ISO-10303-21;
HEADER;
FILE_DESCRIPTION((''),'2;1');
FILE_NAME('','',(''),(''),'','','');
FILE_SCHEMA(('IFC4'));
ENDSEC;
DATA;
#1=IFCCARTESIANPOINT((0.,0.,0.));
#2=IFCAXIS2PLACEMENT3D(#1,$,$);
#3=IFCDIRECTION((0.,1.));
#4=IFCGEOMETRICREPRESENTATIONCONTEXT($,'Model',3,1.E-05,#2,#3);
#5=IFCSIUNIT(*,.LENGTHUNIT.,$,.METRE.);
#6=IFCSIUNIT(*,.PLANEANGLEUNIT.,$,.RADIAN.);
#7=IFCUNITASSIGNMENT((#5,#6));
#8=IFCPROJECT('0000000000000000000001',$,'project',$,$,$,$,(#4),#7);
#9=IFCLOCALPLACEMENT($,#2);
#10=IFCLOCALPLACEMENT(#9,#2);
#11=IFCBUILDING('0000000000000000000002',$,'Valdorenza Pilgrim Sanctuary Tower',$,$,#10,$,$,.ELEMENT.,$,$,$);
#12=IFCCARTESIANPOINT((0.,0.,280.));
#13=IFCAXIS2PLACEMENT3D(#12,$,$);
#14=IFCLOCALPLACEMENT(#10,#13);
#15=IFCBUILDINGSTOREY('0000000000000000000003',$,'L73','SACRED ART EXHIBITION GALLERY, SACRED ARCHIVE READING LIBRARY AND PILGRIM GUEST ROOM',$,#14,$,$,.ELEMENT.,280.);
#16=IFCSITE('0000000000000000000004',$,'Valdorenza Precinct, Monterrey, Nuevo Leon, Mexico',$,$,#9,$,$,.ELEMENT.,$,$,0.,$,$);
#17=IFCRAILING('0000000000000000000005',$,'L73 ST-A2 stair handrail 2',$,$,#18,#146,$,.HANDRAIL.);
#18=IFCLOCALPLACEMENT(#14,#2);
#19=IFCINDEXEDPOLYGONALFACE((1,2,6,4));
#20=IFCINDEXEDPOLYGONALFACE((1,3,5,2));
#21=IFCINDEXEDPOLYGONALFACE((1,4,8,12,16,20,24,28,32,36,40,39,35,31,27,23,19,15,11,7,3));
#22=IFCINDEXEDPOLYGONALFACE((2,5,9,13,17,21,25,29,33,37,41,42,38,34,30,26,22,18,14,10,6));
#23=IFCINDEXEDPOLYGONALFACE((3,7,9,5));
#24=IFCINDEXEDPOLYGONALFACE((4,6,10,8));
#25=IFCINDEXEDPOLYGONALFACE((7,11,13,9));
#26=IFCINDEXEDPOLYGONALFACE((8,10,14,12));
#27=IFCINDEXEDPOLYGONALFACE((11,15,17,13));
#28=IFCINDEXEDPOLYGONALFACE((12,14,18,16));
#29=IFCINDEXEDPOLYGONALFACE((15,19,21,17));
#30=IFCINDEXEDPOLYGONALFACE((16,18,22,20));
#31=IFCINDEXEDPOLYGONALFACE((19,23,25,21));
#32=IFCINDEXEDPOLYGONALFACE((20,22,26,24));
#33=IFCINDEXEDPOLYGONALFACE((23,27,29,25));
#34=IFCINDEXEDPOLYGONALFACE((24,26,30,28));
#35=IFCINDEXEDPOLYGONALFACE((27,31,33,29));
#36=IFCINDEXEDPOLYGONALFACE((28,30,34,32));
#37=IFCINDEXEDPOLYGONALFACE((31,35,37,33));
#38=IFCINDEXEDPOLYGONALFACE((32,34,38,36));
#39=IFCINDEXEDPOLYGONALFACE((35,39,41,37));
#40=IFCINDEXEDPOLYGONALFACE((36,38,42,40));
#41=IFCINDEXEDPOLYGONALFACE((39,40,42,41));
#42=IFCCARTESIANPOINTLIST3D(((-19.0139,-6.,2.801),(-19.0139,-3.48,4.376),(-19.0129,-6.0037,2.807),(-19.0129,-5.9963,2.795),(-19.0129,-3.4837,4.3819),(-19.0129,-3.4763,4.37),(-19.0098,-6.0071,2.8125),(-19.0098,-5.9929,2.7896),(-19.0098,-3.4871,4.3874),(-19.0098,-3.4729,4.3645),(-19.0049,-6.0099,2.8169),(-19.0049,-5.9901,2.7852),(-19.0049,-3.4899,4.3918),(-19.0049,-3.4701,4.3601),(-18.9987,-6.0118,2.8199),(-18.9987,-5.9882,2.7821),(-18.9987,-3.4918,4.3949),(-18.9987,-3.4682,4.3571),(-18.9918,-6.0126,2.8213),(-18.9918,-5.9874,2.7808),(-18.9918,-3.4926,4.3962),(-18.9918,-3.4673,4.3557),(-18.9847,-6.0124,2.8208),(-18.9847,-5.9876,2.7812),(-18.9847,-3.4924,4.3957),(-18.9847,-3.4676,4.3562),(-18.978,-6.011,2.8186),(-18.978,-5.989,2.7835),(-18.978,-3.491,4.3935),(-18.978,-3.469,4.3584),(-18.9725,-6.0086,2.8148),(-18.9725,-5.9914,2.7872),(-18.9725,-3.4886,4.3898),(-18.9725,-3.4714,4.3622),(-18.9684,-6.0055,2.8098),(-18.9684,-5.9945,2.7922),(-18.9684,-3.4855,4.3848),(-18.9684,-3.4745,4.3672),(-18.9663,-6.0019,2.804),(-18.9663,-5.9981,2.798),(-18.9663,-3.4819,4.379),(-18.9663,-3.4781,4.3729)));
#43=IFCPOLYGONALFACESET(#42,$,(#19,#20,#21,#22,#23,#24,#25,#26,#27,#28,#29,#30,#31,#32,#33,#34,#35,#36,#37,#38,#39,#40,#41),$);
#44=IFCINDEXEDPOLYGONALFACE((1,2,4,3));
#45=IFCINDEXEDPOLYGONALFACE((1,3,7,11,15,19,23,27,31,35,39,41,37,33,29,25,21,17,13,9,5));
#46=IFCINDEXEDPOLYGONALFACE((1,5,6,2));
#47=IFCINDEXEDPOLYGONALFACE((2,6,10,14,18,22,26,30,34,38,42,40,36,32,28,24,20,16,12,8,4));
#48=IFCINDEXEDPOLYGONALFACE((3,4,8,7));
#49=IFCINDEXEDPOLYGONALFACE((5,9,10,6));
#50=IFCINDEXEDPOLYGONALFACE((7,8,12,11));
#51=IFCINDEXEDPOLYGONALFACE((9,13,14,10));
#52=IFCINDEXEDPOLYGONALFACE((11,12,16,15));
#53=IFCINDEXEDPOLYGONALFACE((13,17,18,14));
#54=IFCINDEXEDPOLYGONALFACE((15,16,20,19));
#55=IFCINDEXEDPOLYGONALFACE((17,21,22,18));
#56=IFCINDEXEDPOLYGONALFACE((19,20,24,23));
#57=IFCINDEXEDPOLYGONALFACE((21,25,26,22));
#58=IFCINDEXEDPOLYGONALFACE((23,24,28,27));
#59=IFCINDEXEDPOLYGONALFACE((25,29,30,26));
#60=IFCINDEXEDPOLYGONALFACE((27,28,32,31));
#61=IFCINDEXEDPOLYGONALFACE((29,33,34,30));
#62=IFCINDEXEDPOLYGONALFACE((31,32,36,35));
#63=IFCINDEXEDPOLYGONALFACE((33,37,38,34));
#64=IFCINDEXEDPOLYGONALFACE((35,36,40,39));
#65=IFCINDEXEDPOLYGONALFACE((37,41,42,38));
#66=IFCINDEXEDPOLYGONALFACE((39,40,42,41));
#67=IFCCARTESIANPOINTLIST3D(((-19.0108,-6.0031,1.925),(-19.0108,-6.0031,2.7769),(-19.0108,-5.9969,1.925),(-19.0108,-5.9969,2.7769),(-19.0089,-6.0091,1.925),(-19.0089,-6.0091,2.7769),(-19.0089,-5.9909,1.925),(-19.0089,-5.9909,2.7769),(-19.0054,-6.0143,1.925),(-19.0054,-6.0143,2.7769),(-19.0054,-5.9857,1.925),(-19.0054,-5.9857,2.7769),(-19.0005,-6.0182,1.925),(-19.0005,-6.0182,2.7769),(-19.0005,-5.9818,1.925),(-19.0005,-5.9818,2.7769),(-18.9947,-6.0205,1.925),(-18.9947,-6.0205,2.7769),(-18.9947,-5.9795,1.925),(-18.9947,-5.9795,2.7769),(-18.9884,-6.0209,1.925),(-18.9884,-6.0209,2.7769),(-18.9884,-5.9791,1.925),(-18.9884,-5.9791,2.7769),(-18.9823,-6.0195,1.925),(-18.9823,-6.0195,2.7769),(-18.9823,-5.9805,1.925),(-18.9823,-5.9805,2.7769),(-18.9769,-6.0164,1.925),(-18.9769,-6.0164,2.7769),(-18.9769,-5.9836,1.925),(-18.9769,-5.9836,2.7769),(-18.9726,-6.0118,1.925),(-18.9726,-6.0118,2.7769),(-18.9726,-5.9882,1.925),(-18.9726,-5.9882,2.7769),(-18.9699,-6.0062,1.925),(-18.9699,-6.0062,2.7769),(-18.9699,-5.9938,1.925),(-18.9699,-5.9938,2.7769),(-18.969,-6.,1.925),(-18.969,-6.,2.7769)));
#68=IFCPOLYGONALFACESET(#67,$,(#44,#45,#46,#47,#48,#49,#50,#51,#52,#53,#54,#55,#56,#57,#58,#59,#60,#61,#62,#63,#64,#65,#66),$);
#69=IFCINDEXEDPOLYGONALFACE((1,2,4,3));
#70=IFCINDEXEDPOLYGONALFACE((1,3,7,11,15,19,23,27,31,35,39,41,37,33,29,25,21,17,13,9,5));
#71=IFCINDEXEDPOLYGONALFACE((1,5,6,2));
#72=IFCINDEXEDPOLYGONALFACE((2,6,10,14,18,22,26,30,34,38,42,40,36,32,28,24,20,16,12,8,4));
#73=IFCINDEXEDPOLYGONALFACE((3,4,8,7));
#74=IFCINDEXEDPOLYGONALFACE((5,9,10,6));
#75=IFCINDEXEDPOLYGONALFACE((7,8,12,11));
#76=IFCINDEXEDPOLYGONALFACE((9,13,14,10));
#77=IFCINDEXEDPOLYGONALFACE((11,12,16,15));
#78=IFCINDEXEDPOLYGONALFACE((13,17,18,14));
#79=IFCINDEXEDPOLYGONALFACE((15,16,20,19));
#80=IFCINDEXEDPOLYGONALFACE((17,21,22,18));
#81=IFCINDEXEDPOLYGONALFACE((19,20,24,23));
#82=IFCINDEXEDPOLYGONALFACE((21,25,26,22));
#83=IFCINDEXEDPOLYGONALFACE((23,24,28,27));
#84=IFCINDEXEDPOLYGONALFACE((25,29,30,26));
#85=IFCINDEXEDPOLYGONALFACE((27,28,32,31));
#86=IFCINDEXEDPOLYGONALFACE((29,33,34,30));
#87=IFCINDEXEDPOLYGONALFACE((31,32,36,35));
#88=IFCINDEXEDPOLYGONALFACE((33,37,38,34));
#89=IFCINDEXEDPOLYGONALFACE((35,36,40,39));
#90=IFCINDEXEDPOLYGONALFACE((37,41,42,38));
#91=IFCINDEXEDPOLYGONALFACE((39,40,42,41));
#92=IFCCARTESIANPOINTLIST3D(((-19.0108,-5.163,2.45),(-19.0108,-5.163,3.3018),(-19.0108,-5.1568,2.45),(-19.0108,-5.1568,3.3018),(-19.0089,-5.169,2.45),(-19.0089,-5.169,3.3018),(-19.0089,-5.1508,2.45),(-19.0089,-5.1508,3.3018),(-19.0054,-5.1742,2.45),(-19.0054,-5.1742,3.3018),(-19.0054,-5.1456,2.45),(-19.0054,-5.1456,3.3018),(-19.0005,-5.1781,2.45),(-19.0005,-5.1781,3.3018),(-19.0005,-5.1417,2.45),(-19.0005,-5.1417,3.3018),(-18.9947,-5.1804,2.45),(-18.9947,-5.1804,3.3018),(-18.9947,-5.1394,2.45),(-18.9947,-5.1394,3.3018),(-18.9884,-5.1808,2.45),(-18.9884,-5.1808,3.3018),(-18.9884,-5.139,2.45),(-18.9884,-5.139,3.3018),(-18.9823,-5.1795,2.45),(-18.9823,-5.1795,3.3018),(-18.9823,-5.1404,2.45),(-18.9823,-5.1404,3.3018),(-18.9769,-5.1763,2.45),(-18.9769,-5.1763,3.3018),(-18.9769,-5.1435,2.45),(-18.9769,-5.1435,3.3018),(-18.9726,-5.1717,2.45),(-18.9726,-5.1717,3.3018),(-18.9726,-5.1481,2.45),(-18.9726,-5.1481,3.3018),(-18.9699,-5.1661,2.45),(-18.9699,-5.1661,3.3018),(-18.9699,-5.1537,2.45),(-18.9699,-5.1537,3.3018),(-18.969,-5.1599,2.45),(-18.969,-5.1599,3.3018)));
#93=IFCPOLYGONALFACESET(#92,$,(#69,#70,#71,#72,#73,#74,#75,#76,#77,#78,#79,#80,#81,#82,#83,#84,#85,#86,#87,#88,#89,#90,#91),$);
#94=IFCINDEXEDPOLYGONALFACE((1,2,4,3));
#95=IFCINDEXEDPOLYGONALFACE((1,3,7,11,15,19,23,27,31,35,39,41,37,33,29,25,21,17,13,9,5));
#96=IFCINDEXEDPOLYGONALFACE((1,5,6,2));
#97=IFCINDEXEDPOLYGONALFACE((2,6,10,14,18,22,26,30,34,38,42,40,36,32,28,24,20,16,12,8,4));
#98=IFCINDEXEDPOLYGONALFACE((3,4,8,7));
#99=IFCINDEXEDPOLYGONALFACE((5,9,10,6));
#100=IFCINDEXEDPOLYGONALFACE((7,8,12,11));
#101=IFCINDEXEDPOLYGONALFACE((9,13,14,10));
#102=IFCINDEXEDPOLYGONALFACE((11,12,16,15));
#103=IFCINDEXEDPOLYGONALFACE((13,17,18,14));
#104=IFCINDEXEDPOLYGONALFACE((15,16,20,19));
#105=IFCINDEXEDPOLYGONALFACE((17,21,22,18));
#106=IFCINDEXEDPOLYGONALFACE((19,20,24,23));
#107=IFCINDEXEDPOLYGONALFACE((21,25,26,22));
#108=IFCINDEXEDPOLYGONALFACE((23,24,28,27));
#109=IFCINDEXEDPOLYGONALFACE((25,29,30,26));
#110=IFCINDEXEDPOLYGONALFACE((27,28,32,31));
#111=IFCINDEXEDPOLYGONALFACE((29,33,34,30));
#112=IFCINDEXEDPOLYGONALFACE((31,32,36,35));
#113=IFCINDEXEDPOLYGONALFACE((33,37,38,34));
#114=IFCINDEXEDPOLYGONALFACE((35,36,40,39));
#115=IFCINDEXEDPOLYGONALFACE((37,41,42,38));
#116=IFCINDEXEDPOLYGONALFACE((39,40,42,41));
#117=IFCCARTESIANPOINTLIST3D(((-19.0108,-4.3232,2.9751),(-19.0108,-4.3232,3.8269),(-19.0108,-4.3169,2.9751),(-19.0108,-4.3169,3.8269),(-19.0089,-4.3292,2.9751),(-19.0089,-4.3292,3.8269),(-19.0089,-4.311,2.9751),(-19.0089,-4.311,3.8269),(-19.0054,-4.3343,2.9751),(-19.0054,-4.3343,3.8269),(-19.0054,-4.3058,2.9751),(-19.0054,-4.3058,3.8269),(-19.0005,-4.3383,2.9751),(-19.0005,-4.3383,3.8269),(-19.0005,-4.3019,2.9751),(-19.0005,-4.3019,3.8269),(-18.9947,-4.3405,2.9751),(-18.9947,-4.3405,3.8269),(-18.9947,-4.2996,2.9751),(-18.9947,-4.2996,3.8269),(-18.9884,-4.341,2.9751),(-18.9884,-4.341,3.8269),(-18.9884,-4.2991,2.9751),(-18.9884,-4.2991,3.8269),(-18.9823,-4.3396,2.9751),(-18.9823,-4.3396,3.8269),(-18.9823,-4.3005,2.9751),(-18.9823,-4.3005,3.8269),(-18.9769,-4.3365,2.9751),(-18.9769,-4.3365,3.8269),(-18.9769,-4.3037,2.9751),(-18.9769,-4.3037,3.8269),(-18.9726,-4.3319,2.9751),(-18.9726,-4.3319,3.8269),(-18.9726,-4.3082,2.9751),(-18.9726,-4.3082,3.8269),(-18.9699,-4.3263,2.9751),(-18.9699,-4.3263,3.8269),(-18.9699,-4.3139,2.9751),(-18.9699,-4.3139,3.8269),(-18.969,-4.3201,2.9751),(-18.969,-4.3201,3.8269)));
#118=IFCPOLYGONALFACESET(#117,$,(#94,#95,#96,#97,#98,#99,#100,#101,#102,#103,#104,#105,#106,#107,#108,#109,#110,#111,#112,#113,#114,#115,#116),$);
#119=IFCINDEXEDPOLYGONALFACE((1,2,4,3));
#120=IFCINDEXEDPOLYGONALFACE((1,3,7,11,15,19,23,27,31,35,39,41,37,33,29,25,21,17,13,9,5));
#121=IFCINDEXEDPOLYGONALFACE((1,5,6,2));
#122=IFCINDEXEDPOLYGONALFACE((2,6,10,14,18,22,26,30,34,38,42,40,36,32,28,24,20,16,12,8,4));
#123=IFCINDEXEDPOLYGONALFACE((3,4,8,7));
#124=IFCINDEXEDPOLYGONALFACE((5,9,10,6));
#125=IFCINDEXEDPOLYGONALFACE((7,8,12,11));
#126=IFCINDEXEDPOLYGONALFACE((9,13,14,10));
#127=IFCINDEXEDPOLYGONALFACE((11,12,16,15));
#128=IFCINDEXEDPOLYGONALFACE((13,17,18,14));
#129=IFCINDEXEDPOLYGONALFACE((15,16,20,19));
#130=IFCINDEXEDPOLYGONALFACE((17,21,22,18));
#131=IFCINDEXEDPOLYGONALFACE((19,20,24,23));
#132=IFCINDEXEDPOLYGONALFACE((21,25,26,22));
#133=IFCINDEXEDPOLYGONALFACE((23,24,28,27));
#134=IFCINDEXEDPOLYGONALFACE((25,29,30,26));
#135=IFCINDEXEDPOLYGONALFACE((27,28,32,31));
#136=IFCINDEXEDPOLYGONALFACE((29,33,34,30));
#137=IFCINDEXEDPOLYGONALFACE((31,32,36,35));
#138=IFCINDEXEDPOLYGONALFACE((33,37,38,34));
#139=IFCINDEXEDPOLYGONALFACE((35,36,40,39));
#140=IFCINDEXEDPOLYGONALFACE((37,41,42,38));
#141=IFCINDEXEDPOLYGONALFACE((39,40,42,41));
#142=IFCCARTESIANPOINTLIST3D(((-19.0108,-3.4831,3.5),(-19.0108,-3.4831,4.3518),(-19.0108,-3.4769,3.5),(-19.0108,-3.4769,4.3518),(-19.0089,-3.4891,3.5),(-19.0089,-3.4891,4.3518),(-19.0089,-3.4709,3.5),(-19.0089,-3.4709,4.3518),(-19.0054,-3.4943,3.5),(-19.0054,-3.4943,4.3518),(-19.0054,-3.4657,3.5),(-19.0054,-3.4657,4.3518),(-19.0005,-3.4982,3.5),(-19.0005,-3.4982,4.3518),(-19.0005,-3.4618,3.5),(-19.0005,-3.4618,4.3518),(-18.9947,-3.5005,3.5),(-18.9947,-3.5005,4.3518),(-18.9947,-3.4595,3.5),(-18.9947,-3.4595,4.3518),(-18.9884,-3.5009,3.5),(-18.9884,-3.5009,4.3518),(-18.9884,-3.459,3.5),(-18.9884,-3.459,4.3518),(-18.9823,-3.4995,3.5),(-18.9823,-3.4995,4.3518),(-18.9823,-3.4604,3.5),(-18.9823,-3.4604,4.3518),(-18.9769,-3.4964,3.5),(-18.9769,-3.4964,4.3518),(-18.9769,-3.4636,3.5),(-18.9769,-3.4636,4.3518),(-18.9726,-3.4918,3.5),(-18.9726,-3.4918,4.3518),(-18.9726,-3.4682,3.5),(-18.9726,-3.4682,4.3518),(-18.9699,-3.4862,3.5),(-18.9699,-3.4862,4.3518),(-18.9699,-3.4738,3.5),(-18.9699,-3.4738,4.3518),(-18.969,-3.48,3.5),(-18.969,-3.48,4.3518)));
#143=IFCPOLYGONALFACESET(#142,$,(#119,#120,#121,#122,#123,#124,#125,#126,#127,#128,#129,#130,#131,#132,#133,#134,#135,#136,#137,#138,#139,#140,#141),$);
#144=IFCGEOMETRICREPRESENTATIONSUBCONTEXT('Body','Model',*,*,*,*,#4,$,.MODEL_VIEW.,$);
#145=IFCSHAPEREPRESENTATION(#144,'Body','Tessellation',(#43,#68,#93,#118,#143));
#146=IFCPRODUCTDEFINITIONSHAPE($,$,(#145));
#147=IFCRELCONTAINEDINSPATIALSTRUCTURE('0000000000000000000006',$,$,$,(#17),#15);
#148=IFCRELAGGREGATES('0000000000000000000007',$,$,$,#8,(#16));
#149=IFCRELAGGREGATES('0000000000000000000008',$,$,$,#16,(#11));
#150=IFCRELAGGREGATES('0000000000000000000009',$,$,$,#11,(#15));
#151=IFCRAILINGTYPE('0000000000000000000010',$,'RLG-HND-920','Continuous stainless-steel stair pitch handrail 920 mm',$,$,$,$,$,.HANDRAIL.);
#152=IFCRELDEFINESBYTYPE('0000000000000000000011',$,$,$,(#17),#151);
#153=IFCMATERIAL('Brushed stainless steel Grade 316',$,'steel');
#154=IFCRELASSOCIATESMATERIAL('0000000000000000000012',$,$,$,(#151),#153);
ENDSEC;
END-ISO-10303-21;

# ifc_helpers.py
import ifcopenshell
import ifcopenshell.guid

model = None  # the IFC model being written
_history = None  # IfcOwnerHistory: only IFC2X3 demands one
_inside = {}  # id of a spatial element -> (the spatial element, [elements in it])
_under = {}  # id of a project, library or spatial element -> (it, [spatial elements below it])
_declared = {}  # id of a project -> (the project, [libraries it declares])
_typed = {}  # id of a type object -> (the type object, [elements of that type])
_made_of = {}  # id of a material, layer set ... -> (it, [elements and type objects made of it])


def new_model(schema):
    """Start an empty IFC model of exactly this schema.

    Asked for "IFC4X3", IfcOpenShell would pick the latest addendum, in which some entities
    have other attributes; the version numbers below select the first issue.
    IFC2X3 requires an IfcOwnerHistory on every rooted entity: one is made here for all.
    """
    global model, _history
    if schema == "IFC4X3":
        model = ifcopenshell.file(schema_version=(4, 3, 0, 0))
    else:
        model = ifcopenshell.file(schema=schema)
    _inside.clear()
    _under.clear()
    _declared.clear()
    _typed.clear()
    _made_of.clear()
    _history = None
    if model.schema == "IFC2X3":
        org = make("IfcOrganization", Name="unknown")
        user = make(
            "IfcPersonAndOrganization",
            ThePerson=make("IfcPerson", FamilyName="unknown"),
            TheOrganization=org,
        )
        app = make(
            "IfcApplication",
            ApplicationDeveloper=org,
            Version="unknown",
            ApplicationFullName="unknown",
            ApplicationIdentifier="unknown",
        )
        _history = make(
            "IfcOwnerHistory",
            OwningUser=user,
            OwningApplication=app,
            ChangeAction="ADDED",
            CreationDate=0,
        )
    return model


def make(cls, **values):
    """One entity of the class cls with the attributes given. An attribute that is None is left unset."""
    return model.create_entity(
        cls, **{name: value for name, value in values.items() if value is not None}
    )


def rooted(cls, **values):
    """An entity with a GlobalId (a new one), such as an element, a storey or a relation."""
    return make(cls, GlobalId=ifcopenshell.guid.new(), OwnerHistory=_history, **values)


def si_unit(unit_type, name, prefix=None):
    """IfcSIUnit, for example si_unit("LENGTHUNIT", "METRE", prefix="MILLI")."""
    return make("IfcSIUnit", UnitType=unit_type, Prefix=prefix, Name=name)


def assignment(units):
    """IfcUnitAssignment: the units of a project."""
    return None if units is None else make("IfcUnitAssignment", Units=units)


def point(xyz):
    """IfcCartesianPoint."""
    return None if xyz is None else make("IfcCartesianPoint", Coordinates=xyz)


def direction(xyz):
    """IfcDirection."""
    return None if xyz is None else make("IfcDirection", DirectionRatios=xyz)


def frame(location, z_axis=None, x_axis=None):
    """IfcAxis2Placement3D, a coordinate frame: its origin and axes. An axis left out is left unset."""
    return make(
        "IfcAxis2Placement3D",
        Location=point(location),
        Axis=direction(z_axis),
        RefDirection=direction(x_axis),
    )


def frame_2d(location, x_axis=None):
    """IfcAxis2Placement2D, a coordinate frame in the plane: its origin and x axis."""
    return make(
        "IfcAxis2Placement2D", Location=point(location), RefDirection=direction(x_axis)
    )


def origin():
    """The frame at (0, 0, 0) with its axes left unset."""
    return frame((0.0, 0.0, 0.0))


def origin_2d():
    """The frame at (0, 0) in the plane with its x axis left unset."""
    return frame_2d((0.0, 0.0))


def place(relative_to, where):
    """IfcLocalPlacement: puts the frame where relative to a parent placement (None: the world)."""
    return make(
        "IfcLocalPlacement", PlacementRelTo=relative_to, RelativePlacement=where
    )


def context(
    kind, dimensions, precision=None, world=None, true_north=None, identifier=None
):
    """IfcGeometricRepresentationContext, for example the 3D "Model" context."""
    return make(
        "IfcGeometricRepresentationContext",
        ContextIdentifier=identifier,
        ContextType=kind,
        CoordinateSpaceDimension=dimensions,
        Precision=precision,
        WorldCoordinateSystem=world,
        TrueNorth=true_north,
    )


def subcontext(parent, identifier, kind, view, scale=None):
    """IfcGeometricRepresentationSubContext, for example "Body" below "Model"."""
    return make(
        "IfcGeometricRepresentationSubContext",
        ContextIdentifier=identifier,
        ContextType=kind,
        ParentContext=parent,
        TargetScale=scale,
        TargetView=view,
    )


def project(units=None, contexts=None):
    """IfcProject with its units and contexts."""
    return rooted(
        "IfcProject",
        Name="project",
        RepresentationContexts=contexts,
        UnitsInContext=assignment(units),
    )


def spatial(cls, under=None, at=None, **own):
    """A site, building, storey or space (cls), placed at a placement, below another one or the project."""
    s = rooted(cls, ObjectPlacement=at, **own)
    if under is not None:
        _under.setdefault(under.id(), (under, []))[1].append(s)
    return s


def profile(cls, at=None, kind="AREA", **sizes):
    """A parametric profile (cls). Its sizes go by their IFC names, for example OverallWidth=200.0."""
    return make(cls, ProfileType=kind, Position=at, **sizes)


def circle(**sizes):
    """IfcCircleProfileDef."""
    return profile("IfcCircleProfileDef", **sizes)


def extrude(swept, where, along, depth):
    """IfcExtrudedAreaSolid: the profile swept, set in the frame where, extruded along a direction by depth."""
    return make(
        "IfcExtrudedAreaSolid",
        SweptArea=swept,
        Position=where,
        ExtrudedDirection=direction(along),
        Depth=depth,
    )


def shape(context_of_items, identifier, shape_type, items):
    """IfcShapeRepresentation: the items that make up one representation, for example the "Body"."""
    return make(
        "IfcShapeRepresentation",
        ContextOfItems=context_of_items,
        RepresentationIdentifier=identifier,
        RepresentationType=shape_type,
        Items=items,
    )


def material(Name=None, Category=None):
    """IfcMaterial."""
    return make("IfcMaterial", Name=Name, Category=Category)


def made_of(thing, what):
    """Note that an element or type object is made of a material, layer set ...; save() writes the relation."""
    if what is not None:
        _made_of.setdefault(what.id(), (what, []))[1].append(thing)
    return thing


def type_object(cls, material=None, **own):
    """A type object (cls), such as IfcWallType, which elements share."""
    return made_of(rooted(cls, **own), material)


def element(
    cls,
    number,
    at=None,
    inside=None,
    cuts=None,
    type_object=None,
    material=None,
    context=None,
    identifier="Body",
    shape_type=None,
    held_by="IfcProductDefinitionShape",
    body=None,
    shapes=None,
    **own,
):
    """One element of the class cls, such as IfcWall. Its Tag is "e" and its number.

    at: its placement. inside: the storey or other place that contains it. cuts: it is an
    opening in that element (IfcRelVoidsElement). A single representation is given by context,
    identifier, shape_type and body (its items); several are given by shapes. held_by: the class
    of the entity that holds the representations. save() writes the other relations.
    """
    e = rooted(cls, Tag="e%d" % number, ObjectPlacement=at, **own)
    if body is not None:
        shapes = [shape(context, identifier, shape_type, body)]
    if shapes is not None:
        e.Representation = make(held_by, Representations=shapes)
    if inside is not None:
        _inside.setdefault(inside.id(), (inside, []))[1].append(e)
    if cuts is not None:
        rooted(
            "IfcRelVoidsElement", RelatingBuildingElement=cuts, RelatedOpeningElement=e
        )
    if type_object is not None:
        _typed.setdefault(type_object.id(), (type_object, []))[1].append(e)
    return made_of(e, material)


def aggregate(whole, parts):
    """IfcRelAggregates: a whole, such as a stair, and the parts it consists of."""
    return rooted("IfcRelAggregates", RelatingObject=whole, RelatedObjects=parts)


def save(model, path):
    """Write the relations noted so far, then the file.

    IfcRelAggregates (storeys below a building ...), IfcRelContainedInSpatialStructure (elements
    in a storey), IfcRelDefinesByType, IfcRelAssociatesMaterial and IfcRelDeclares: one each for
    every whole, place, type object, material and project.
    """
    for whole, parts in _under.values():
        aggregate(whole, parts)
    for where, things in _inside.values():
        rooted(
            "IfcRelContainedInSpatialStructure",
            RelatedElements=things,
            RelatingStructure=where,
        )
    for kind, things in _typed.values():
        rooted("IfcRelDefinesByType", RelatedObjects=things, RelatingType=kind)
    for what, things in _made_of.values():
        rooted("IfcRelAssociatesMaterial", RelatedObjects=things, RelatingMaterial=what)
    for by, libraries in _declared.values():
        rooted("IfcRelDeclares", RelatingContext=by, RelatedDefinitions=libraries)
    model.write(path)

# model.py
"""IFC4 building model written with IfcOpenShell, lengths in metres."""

from ifc_helpers import new_model, si_unit, direction, frame, origin, origin_2d, place, context, subcontext, project, spatial, circle, extrude, material, type_object, element, save


model = new_model("IFC4")

# Units and contexts
model_context = context("Model", 3, precision=1e-05, world=origin(), true_north=direction((0.0, 1.0)))
body_context = subcontext(model_context, "Body", "Model", "MODEL_VIEW")
ifc_project = project(units=[si_unit("LENGTHUNIT", "METRE"), si_unit("PLANEANGLEUNIT", "RADIAN")], contexts=[model_context])

# Site, building, storey
site_placement = place(None, origin())
site = spatial("IfcSite", under=ifc_project, at=site_placement, Name="Valdorenza Precinct, Monterrey, Nuevo Leon, Mexico", CompositionType="ELEMENT", RefElevation=0.0)
building_placement = place(site_placement, origin())
building = spatial("IfcBuilding", under=site, at=building_placement, Name="Valdorenza Pilgrim Sanctuary Tower", CompositionType="ELEMENT")
storey_placement = place(building_placement, frame((0.0, 0.0, 280.0)))
storey = spatial("IfcBuildingStorey", under=building, at=storey_placement, Name="L73", Description="SACRED ART EXHIBITION GALLERY, SACRED ARCHIVE READING LIBRARY AND PILGRIM GUEST ROOM", CompositionType="ELEMENT", Elevation=280.0)

# Shared definitions
ifc_material_1 = material(Name="Brushed stainless steel Grade 316", Category="steel")

# Railing
railing_type = type_object("IfcRailingType", Name="RLG-HND-920", Description="Continuous stainless-steel stair pitch handrail 920 mm", PredefinedType="HANDRAIL", material=ifc_material_1)
railing_placement = place(storey_placement, frame((-18.99, -6.0, 1.925)))
element("IfcRailing", 1, at=railing_placement, inside=storey, type_object=railing_type, Name="L73 ST-A2 stair handrail 2", PredefinedType="HANDRAIL", context=body_context, shape_type="SweptSolid", body=[
    extrude(circle(Radius=0.0239, at=origin_2d()), frame((0.0, 0.0, 0.876), z_axis=(0.0, 0.848008, 0.529984), x_axis=(-1.0, 0.0, 0.0)), (0.0, 0.0, 1.0), 2.9717),
    extrude(circle(Radius=0.021, at=origin_2d()), origin(), (0.0, 0.0, 1.0), 0.8518),
    extrude(circle(Radius=0.021, at=origin_2d()), frame((0.0, 0.8401, 0.5249)), (0.0, 0.0, 1.0), 0.8518),
    extrude(circle(Radius=0.021, at=origin_2d()), frame((0.0, 1.6799, 1.05)), (0.0, 0.0, 1.0), 0.8518),
    extrude(circle(Radius=0.021, at=origin_2d()), frame((0.0, 2.52, 1.575)), (0.0, 0.0, 1.0), 0.8518),
])

save(model, "model.ifc")
